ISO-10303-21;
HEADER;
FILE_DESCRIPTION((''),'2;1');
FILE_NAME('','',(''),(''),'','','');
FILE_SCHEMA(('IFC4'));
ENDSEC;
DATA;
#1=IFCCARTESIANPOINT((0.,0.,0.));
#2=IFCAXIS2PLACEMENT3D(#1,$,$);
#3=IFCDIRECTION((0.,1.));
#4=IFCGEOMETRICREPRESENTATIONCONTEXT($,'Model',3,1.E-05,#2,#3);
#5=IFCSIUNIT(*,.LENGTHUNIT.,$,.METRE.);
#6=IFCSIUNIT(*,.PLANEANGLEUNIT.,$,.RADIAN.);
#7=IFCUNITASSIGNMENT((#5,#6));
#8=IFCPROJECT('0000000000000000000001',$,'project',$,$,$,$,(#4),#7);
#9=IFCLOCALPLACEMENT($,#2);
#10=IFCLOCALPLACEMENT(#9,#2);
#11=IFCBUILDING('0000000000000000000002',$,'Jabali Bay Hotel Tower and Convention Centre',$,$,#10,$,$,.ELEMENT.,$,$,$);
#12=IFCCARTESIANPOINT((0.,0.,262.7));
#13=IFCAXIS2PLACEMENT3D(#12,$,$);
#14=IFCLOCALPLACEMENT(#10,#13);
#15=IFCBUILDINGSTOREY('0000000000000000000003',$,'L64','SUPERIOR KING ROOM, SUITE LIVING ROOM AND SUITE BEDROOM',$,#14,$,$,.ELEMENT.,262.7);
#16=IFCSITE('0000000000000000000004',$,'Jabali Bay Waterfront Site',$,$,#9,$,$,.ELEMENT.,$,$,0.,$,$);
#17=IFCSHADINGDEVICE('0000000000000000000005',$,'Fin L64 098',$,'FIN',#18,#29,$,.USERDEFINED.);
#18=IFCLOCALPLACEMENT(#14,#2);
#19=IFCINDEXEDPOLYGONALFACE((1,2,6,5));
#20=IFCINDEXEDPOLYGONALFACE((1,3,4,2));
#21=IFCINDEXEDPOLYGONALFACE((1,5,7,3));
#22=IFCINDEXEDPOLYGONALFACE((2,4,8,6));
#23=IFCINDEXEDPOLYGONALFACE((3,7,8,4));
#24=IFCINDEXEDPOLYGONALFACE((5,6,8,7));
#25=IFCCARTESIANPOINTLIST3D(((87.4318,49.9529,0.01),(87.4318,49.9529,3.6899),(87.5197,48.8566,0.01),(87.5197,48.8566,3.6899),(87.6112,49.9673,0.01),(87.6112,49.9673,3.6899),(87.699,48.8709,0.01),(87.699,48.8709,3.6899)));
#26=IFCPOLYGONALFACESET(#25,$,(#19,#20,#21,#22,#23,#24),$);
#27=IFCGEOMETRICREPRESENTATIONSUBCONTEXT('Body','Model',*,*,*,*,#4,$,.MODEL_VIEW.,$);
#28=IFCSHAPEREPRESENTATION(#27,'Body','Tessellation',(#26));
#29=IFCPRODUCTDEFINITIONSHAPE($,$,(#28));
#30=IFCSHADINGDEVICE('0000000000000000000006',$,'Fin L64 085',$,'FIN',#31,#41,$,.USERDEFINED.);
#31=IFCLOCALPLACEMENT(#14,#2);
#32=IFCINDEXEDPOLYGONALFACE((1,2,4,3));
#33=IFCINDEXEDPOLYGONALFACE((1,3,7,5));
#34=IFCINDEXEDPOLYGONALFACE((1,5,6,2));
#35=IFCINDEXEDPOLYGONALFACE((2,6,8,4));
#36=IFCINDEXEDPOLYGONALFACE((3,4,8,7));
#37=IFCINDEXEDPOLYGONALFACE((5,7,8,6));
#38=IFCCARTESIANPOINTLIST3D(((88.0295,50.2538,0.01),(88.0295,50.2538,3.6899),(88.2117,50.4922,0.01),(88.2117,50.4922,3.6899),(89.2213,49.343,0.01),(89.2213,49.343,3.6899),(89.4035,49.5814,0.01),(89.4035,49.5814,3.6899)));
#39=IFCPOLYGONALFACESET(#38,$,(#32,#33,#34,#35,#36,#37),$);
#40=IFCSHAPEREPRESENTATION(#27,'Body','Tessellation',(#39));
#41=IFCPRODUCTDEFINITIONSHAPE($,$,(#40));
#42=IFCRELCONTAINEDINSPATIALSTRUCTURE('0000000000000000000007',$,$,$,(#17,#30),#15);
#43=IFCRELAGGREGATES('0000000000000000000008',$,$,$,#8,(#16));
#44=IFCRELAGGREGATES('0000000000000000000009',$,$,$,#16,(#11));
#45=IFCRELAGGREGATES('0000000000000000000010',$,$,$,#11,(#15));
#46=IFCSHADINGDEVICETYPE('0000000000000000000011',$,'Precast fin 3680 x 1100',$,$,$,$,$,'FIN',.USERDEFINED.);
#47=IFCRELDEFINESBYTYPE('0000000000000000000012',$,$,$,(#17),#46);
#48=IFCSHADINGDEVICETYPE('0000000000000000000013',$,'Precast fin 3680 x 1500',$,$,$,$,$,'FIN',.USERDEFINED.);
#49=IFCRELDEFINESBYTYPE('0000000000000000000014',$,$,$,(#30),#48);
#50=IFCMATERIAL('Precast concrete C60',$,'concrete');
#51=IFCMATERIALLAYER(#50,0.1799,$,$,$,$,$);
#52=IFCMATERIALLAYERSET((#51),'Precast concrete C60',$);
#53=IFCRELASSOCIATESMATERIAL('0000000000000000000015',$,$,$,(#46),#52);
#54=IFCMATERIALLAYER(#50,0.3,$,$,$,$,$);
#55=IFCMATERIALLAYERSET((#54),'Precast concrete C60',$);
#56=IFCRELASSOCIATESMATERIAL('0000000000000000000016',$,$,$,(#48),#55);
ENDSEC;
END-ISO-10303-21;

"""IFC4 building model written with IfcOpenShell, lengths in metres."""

from ifc_helpers import new_model, si_unit, direction, frame, frame_2d, origin, place, context, subcontext, project, spatial, rectangle, extrude, material, layer, layer_set, type_object, element, save


model = new_model("IFC4")

# Units and contexts
model_context = context("Model", 3, precision=1e-05, world=origin(), true_north=direction((0.0, 1.0)))
body_context = subcontext(model_context, "Body", "Model", "MODEL_VIEW")
ifc_project = project(units=[si_unit("LENGTHUNIT", "METRE"), si_unit("PLANEANGLEUNIT", "RADIAN")], contexts=[model_context])

# Site, building, storey
site_placement = place(None, origin())
site = spatial("IfcSite", under=ifc_project, at=site_placement, Name="Jabali Bay Waterfront Site", CompositionType="ELEMENT", RefElevation=0.0)
building_placement = place(site_placement, origin())
building = spatial("IfcBuilding", under=site, at=building_placement, Name="Jabali Bay Hotel Tower and Convention Centre", CompositionType="ELEMENT")
storey_placement = place(building_placement, frame((0.0, 0.0, 262.7)))
storey = spatial("IfcBuildingStorey", under=building, at=storey_placement, Name="L64", Description="SUPERIOR KING ROOM, SUITE LIVING ROOM AND SUITE BEDROOM", CompositionType="ELEMENT", Elevation=262.7)

# Shading devices
ifc_material_1 = material(Name="Precast concrete C60", Category="concrete")
ifc_layer_1 = layer(ifc_material_1, 0.1799)
ifc_layer_set_1 = layer_set([ifc_layer_1], Name="Precast concrete C60")
shading_device_type_1 = type_object("IfcShadingDeviceType", Name="Precast fin 3680 x 1100", ElementType="FIN", PredefinedType="USERDEFINED", material=ifc_layer_set_1)
shading_device_1_placement = place(storey_placement, frame((87.5215, 49.96, 0.01), z_axis=(0.0, 0.0, 1.0), x_axis=(0.079904, -0.996803, 0.0)))
element("IfcShadingDevice", 1, at=shading_device_1_placement, inside=storey, type_object=shading_device_type_1, Name="Fin L64 098", ObjectType="FIN", PredefinedType="USERDEFINED", context=body_context, shape_type="SweptSolid", body=[
    extrude(rectangle(XDim=1.0999, YDim=0.1799, at=frame_2d((0.5498, 0.0))), origin(), (0.0, 0.0, 1.0), 3.6799),
])
ifc_layer_2 = layer(ifc_material_1, 0.3)
ifc_layer_set_2 = layer_set([ifc_layer_2], Name="Precast concrete C60")
shading_device_type_2 = type_object("IfcShadingDeviceType", Name="Precast fin 3680 x 1500", ElementType="FIN", PredefinedType="USERDEFINED", material=ifc_layer_set_2)
shading_device_2_placement = place(storey_placement, frame((88.1206, 50.373, 0.01), z_axis=(0.0, 0.0, 1.0), x_axis=(0.794538, -0.607214, 0.0)))
element("IfcShadingDevice", 2, at=shading_device_2_placement, inside=storey, type_object=shading_device_type_2, Name="Fin L64 085", ObjectType="FIN", PredefinedType="USERDEFINED", context=body_context, shape_type="SweptSolid", body=[
    extrude(rectangle(XDim=1.5, YDim=0.3, at=frame_2d((0.75, 0.0))), origin(), (0.0, 0.0, 1.0), 3.6799),
])

save(model, "model.ifc")
